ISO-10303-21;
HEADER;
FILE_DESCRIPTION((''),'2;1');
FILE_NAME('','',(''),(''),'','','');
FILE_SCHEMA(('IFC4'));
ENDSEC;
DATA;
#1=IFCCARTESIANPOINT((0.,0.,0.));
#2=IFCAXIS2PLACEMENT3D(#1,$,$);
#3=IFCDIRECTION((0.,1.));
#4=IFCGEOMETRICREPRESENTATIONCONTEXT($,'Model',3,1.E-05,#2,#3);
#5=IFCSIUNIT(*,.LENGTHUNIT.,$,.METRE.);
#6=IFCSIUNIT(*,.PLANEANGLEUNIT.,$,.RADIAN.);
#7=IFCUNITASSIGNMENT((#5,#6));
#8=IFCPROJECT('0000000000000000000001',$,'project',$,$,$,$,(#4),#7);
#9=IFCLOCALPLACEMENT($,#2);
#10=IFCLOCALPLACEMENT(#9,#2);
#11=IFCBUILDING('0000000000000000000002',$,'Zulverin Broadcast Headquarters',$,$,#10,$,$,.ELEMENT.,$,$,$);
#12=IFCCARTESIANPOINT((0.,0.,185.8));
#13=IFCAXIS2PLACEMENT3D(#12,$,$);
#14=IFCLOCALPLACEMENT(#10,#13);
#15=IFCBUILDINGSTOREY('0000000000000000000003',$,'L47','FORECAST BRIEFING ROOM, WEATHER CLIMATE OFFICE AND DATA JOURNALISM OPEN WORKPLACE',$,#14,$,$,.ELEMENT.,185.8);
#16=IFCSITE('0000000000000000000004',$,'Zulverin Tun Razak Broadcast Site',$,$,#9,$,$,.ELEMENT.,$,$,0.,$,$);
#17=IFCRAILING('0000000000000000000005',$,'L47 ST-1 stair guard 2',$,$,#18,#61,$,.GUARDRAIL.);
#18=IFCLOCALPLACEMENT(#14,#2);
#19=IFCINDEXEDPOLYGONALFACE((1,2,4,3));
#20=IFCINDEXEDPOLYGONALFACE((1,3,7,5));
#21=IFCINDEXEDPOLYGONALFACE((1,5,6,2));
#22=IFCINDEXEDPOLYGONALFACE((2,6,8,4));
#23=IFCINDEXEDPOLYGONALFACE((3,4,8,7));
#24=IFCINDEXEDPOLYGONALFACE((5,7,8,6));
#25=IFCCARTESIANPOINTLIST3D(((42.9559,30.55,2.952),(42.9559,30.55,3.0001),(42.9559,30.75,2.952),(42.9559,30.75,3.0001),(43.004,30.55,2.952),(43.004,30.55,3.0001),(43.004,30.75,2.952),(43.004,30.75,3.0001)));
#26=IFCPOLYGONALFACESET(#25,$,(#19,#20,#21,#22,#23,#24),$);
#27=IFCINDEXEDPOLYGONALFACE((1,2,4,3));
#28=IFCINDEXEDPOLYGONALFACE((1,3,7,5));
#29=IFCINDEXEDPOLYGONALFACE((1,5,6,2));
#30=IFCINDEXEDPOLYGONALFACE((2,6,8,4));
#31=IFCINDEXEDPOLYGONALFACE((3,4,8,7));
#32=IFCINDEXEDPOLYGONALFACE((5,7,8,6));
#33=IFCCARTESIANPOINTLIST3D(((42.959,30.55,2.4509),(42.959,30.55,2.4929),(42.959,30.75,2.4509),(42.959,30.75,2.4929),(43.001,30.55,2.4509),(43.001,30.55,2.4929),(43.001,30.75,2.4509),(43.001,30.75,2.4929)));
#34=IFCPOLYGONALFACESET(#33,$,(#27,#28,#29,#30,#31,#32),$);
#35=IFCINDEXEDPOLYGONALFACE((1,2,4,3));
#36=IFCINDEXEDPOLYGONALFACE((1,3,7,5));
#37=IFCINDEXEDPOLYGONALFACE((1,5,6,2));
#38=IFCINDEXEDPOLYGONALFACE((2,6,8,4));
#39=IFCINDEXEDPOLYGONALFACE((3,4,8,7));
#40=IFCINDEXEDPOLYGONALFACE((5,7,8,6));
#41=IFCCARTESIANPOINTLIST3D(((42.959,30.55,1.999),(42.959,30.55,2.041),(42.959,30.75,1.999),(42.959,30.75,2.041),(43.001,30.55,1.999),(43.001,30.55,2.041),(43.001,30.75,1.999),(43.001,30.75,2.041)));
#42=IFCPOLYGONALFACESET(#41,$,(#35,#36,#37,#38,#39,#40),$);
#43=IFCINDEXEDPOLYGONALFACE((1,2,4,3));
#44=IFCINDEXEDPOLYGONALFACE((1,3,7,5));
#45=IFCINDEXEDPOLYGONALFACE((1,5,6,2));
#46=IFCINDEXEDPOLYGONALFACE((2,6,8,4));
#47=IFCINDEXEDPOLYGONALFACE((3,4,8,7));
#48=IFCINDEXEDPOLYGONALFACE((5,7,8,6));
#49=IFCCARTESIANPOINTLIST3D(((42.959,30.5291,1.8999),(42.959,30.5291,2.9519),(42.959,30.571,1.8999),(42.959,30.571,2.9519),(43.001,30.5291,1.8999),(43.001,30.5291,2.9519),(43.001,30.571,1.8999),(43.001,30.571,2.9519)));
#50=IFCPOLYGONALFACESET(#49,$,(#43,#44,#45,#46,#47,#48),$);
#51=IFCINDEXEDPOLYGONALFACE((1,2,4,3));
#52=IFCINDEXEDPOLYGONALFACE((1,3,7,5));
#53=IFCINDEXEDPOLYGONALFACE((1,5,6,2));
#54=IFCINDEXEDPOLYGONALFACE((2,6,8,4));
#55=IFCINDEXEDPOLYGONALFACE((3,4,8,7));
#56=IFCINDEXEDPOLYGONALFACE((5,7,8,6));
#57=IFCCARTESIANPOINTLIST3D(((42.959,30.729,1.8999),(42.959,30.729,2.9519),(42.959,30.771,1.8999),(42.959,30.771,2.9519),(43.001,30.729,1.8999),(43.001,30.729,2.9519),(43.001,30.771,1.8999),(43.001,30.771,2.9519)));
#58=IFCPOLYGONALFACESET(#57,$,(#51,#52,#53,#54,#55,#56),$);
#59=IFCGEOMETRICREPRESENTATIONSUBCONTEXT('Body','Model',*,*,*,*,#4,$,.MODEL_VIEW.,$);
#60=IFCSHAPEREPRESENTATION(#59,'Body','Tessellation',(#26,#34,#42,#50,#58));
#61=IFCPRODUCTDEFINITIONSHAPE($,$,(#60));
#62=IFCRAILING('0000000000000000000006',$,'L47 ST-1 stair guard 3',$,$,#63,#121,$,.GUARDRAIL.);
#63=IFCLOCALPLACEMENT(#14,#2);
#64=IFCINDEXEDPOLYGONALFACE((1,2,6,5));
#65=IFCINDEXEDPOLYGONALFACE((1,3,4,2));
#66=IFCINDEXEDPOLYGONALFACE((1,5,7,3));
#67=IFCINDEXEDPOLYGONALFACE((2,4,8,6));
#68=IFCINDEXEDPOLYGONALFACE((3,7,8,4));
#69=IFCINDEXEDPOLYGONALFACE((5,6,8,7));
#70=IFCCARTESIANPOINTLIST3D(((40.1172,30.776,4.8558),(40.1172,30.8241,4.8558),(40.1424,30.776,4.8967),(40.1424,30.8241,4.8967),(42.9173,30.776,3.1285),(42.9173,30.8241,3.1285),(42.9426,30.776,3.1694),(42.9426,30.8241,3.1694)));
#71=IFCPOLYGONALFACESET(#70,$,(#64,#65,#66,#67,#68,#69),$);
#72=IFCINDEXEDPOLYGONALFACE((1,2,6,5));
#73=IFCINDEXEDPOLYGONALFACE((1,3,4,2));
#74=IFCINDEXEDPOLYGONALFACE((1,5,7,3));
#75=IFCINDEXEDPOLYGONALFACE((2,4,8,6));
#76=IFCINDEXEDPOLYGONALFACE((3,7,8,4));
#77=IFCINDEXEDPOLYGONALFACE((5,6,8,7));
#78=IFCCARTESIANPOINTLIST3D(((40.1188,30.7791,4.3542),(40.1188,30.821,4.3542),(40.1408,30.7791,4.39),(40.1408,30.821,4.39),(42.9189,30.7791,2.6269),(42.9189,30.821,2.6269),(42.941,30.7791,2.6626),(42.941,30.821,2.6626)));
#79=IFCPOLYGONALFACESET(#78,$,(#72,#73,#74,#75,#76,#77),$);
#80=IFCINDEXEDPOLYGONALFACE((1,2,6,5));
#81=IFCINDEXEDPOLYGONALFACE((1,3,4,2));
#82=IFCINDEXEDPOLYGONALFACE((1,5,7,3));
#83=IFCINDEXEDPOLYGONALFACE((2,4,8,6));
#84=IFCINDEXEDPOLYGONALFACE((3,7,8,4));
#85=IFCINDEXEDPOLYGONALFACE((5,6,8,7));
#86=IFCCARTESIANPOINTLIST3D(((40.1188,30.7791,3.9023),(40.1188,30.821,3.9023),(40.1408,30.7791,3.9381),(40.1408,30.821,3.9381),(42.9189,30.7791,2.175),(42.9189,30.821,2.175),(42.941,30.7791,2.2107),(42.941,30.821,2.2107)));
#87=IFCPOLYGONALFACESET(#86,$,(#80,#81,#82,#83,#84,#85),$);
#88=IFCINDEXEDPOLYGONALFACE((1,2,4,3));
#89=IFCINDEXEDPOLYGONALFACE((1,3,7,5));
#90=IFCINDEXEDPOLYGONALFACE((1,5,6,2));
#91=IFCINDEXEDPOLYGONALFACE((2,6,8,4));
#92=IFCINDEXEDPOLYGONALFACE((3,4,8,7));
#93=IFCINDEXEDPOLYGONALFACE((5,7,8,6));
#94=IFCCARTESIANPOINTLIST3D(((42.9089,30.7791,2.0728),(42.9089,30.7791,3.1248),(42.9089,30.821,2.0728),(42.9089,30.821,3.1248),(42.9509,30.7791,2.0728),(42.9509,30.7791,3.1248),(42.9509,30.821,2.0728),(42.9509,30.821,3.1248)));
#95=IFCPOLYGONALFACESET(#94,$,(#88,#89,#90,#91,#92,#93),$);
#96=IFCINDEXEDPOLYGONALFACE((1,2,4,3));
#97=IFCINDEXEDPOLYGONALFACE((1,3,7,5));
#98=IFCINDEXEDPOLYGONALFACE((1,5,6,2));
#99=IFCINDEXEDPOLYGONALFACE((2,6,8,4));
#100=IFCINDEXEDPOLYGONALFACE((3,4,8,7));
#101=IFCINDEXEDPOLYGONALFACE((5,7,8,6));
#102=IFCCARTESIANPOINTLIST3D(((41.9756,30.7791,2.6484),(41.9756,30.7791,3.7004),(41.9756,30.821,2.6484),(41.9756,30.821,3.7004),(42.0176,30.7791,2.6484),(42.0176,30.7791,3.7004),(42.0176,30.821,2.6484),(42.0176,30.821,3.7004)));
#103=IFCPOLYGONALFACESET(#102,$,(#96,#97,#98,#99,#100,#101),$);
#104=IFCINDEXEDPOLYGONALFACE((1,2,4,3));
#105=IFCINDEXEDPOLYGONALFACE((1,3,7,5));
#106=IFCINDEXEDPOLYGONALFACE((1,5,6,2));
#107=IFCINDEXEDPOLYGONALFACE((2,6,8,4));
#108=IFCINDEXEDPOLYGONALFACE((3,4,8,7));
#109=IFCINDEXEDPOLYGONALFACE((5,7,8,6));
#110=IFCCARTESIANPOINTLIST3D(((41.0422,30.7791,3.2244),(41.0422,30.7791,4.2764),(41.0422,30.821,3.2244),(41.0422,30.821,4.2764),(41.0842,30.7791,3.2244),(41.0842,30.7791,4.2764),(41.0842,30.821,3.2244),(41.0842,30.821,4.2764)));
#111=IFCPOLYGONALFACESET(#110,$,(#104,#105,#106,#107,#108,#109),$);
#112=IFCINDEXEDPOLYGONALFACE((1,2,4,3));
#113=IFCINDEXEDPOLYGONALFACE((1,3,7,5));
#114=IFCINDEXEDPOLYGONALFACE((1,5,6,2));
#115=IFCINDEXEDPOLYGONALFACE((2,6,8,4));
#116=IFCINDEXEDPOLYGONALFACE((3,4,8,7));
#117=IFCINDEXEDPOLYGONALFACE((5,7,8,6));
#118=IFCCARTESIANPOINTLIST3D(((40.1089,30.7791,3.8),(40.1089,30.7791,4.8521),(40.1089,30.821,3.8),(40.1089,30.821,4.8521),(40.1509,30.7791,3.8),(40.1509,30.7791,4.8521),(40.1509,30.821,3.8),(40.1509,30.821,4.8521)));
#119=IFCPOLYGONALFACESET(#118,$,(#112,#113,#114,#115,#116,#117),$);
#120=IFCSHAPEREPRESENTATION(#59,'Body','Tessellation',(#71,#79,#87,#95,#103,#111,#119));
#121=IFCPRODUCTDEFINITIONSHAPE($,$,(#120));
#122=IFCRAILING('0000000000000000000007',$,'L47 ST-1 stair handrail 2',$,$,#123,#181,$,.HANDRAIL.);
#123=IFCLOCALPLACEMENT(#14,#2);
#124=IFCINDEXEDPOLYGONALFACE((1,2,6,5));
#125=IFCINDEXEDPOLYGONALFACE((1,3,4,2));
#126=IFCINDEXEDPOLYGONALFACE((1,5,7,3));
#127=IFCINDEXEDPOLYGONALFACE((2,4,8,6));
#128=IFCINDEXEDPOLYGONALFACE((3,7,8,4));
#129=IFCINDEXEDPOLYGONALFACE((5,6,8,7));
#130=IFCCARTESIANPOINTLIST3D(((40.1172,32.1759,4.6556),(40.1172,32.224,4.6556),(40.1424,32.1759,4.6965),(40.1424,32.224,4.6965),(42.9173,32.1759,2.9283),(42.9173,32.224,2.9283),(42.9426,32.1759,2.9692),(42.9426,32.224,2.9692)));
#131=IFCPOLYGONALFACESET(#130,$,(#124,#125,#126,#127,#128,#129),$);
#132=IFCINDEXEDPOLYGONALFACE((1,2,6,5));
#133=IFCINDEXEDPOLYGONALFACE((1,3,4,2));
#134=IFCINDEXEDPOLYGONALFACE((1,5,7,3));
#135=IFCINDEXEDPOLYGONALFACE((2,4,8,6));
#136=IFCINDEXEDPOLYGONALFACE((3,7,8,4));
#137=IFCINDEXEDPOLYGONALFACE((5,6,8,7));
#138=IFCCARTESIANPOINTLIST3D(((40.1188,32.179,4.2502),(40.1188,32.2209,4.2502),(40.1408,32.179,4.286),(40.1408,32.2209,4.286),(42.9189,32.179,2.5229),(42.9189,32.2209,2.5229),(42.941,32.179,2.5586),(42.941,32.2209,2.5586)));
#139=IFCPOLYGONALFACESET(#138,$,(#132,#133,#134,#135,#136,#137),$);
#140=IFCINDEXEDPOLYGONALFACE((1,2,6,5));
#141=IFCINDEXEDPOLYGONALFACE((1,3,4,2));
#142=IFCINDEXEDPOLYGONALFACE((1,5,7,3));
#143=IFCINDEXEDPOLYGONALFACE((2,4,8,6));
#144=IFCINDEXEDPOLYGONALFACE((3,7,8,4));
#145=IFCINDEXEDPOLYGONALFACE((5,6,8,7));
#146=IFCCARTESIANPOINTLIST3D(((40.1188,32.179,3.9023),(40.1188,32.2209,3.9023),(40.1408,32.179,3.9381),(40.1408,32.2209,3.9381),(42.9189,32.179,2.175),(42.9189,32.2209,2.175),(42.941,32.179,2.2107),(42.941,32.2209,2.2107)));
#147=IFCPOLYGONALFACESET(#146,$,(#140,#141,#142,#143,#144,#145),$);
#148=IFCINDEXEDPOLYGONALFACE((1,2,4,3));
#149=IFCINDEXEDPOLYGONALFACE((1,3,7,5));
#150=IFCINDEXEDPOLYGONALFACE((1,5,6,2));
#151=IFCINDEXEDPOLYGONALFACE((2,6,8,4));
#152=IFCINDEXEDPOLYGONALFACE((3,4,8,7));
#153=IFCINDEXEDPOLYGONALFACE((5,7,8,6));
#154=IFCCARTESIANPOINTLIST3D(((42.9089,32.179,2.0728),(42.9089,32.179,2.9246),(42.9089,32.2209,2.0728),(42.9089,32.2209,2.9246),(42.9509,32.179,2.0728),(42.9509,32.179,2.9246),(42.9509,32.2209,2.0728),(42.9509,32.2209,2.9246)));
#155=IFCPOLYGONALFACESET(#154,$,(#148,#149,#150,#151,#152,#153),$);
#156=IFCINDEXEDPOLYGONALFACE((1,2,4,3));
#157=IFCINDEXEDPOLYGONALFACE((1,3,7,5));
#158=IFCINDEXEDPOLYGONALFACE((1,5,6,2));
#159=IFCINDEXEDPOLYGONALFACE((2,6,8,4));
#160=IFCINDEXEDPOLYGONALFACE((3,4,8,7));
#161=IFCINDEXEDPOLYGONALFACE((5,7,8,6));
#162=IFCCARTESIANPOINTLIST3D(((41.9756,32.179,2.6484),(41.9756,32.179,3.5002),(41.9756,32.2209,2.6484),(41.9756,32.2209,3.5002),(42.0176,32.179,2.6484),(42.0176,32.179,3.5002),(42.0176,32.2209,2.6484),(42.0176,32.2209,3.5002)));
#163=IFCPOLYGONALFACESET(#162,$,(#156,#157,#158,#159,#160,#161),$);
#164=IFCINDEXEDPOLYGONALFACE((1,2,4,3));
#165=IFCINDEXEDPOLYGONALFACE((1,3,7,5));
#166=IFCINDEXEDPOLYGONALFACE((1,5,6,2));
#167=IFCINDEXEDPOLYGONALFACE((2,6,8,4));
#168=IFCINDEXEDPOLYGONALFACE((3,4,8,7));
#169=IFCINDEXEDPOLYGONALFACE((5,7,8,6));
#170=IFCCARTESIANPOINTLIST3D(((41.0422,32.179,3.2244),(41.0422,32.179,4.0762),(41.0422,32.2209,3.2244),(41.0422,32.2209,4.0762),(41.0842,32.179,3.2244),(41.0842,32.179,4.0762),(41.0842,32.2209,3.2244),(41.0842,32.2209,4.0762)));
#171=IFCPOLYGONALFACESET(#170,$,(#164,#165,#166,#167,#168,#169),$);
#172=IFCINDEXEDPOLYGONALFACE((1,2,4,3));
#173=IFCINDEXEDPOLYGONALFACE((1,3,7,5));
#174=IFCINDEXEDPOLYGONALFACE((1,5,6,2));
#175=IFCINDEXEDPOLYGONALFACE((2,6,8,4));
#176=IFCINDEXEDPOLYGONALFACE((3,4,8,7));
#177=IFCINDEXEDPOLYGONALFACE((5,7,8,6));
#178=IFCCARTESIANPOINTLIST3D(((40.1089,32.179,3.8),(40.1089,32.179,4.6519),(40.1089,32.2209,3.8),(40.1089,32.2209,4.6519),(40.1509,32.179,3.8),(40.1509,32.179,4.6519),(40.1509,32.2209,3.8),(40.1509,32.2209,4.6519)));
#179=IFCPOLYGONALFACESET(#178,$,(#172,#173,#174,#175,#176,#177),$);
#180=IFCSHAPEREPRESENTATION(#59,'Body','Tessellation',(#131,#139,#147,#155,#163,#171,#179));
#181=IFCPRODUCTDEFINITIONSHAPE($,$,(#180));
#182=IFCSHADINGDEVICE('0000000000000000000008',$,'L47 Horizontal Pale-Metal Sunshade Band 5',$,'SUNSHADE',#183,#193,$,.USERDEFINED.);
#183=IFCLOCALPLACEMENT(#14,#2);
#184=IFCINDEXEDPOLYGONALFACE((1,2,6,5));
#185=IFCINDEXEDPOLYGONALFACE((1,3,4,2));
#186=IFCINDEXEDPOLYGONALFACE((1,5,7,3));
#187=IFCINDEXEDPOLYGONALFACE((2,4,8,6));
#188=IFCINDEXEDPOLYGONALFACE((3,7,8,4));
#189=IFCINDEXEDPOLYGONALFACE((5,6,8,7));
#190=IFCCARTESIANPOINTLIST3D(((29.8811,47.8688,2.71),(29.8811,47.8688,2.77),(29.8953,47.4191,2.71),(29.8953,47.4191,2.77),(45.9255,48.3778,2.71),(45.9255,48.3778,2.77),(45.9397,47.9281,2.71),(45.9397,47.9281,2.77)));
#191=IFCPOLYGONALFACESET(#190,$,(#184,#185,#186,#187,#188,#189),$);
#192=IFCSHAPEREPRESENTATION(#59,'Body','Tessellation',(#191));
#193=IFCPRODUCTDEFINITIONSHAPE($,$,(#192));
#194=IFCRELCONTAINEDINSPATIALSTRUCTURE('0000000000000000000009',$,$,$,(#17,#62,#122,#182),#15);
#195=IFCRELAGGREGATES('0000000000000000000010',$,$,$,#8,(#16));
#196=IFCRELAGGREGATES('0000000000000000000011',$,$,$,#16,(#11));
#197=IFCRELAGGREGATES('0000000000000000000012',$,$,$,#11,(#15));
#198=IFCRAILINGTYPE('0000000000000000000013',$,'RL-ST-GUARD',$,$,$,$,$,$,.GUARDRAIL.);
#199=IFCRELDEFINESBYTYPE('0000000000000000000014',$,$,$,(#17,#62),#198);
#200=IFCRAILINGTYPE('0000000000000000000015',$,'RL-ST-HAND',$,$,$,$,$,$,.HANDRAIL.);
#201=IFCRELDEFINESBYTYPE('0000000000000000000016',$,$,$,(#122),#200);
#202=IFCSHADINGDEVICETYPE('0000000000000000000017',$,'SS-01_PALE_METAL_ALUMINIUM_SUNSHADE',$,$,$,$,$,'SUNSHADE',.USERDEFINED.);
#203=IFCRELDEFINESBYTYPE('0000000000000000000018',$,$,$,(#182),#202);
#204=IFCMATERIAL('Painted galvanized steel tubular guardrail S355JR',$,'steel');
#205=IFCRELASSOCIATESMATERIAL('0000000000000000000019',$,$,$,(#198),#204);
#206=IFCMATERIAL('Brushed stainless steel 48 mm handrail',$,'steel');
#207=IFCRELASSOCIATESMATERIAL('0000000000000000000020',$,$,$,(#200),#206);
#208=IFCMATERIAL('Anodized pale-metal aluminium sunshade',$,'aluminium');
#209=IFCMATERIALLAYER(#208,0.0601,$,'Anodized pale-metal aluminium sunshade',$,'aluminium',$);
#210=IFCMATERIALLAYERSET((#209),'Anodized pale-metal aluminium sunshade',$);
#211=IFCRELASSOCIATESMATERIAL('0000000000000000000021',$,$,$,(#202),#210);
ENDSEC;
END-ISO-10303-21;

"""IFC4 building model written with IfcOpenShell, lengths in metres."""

from ifc_helpers import new_model, si_unit, direction, frame, origin, origin_2d, place, context, subcontext, project, spatial, rectangle, extrude, material, layer, layer_set, type_object, element, save


model = new_model("IFC4")

# Units and contexts
model_context = context("Model", 3, precision=1e-05, world=origin(), true_north=direction((0.0, 1.0)))
body_context = subcontext(model_context, "Body", "Model", "MODEL_VIEW")
ifc_project = project(units=[si_unit("LENGTHUNIT", "METRE"), si_unit("PLANEANGLEUNIT", "RADIAN")], contexts=[model_context])

# Site, building, storey
site_placement = place(None, origin())
site = spatial("IfcSite", under=ifc_project, at=site_placement, Name="Zulverin Tun Razak Broadcast Site", CompositionType="ELEMENT", RefElevation=0.0)
building_placement = place(site_placement, origin())
building = spatial("IfcBuilding", under=site, at=building_placement, Name="Zulverin Broadcast Headquarters", CompositionType="ELEMENT")
storey_placement = place(building_placement, frame((0.0, 0.0, 185.8)))
storey = spatial("IfcBuildingStorey", under=building, at=storey_placement, Name="L47", Description="FORECAST BRIEFING ROOM, WEATHER CLIMATE OFFICE AND DATA JOURNALISM OPEN WORKPLACE", CompositionType="ELEMENT", Elevation=185.8)

# Railings
ifc_material_1 = material(Name="Painted galvanized steel tubular guardrail S355JR", Category="steel")
railing_type_1 = type_object("IfcRailingType", Name="RL-ST-GUARD", PredefinedType="GUARDRAIL", material=ifc_material_1)
railing_1_placement = place(storey_placement, frame((42.98, 30.55, 1.8999)))
element("IfcRailing", 1, at=railing_1_placement, inside=storey, type_object=railing_type_1, Name="L47 ST-1 stair guard 2", PredefinedType="GUARDRAIL", context=body_context, shape_type="SweptSolid", body=[
    extrude(rectangle(XDim=0.0481, YDim=0.0481, at=origin_2d()), frame((0.0, 0.0, 1.0762), z_axis=(0.0, 1.0, 0.0), x_axis=(-1.0, 0.0, 0.0)), (0.0, 0.0, 1.0), 0.2),
    extrude(rectangle(XDim=0.042, YDim=0.042, at=origin_2d()), frame((0.0, 0.0, 0.572), z_axis=(0.0, 1.0, 0.0), x_axis=(-1.0, 0.0, 0.0)), (0.0, 0.0, 1.0), 0.2),
    extrude(rectangle(XDim=0.042, YDim=0.042, at=origin_2d()), frame((0.0, 0.0, 0.1201), z_axis=(0.0, 1.0, 0.0), x_axis=(-1.0, 0.0, 0.0)), (0.0, 0.0, 1.0), 0.2),
    extrude(rectangle(XDim=0.042, YDim=0.042, at=origin_2d()), origin(), (0.0, 0.0, 1.0), 1.052),
    extrude(rectangle(XDim=0.042, YDim=0.042, at=origin_2d()), frame((0.0, 0.2, 0.0)), (0.0, 0.0, 1.0), 1.052),
])
railing_2_placement = place(storey_placement, frame((42.9299, 30.8, 2.0728)))
element("IfcRailing", 2, at=railing_2_placement, inside=storey, type_object=railing_type_1, Name="L47 ST-1 stair guard 3", PredefinedType="GUARDRAIL", context=body_context, shape_type="SweptSolid", body=[
    extrude(rectangle(XDim=0.0481, YDim=0.0481, at=origin_2d()), frame((0.0, 0.0, 1.0762), z_axis=(-0.85109, 0.0, 0.52502), x_axis=(0.0, -1.0, 0.0)), (0.0, 0.0, 1.0), 3.29),
    extrude(rectangle(XDim=0.042, YDim=0.042, at=origin_2d()), frame((0.0, 0.0, 0.572), z_axis=(-0.85109, 0.0, 0.52502), x_axis=(0.0, -1.0, 0.0)), (0.0, 0.0, 1.0), 3.29),
    extrude(rectangle(XDim=0.042, YDim=0.042, at=origin_2d()), frame((0.0, 0.0, 0.1201), z_axis=(-0.85109, 0.0, 0.52502), x_axis=(0.0, -1.0, 0.0)), (0.0, 0.0, 1.0), 3.29),
    extrude(rectangle(XDim=0.042, YDim=0.042, at=origin_2d()), origin(), (0.0, 0.0, 1.0), 1.052),
    extrude(rectangle(XDim=0.042, YDim=0.042, at=origin_2d()), frame((-0.9333, 0.0, 0.5757)), (0.0, 0.0, 1.0), 1.052),
    extrude(rectangle(XDim=0.042, YDim=0.042, at=origin_2d()), frame((-1.8667, 0.0, 1.1516)), (0.0, 0.0, 1.0), 1.052),
    extrude(rectangle(XDim=0.042, YDim=0.042, at=origin_2d()), frame((-2.8, 0.0, 1.7273)), (0.0, 0.0, 1.0), 1.052),
])
ifc_material_2 = material(Name="Brushed stainless steel 48 mm handrail", Category="steel")
railing_type_2 = type_object("IfcRailingType", Name="RL-ST-HAND", PredefinedType="HANDRAIL", material=ifc_material_2)
railing_3_placement = place(storey_placement, frame((42.9299, 32.2, 2.0728)))
element("IfcRailing", 3, at=railing_3_placement, inside=storey, type_object=railing_type_2, Name="L47 ST-1 stair handrail 2", PredefinedType="HANDRAIL", context=body_context, shape_type="SweptSolid", body=[
    extrude(rectangle(XDim=0.0481, YDim=0.0481, at=origin_2d()), frame((0.0, 0.0, 0.876), z_axis=(-0.85109, 0.0, 0.52502), x_axis=(0.0, -1.0, 0.0)), (0.0, 0.0, 1.0), 3.29),
    extrude(rectangle(XDim=0.042, YDim=0.042, at=origin_2d()), frame((0.0, 0.0, 0.468), z_axis=(-0.85109, 0.0, 0.52502), x_axis=(0.0, -1.0, 0.0)), (0.0, 0.0, 1.0), 3.29),
    extrude(rectangle(XDim=0.042, YDim=0.042, at=origin_2d()), frame((0.0, 0.0, 0.1201), z_axis=(-0.85109, 0.0, 0.52502), x_axis=(0.0, -1.0, 0.0)), (0.0, 0.0, 1.0), 3.29),
    extrude(rectangle(XDim=0.042, YDim=0.042, at=origin_2d()), origin(), (0.0, 0.0, 1.0), 0.8518),
    extrude(rectangle(XDim=0.042, YDim=0.042, at=origin_2d()), frame((-0.9333, 0.0, 0.5757)), (0.0, 0.0, 1.0), 0.8518),
    extrude(rectangle(XDim=0.042, YDim=0.042, at=origin_2d()), frame((-1.8667, 0.0, 1.1516)), (0.0, 0.0, 1.0), 0.8518),
    extrude(rectangle(XDim=0.042, YDim=0.042, at=origin_2d()), frame((-2.8, 0.0, 1.7273)), (0.0, 0.0, 1.0), 0.8518),
])

# Shading device
ifc_material_3 = material(Name="Anodized pale-metal aluminium sunshade", Category="aluminium")
ifc_layer_1 = layer(ifc_material_3, 0.0601, Name="Anodized pale-metal aluminium sunshade", Category="aluminium")
ifc_layer_set_1 = layer_set([ifc_layer_1], Name="Anodized pale-metal aluminium sunshade")
shading_device_type = type_object("IfcShadingDeviceType", Name="SS-01_PALE_METAL_ALUMINIUM_SUNSHADE", ElementType="SUNSHADE", PredefinedType="USERDEFINED", material=ifc_layer_set_1)
shading_device_placement = place(storey_placement, frame((37.9104, 47.8984, 2.71), z_axis=(0.0, 0.0, 1.0), x_axis=(-0.999497, -0.031709, 0.0)))
element("IfcShadingDevice", 4, at=shading_device_placement, inside=storey, type_object=shading_device_type, Name="L47 Horizontal Pale-Metal Sunshade Band 5", ObjectType="SUNSHADE", PredefinedType="USERDEFINED", context=body_context, shape_type="SweptSolid", body=[
    extrude(rectangle(XDim=16.0525, YDim=0.45, at=origin_2d()), origin(), (0.0, 0.0, 1.0), 0.0601),
])

save(model, "model.ifc")
